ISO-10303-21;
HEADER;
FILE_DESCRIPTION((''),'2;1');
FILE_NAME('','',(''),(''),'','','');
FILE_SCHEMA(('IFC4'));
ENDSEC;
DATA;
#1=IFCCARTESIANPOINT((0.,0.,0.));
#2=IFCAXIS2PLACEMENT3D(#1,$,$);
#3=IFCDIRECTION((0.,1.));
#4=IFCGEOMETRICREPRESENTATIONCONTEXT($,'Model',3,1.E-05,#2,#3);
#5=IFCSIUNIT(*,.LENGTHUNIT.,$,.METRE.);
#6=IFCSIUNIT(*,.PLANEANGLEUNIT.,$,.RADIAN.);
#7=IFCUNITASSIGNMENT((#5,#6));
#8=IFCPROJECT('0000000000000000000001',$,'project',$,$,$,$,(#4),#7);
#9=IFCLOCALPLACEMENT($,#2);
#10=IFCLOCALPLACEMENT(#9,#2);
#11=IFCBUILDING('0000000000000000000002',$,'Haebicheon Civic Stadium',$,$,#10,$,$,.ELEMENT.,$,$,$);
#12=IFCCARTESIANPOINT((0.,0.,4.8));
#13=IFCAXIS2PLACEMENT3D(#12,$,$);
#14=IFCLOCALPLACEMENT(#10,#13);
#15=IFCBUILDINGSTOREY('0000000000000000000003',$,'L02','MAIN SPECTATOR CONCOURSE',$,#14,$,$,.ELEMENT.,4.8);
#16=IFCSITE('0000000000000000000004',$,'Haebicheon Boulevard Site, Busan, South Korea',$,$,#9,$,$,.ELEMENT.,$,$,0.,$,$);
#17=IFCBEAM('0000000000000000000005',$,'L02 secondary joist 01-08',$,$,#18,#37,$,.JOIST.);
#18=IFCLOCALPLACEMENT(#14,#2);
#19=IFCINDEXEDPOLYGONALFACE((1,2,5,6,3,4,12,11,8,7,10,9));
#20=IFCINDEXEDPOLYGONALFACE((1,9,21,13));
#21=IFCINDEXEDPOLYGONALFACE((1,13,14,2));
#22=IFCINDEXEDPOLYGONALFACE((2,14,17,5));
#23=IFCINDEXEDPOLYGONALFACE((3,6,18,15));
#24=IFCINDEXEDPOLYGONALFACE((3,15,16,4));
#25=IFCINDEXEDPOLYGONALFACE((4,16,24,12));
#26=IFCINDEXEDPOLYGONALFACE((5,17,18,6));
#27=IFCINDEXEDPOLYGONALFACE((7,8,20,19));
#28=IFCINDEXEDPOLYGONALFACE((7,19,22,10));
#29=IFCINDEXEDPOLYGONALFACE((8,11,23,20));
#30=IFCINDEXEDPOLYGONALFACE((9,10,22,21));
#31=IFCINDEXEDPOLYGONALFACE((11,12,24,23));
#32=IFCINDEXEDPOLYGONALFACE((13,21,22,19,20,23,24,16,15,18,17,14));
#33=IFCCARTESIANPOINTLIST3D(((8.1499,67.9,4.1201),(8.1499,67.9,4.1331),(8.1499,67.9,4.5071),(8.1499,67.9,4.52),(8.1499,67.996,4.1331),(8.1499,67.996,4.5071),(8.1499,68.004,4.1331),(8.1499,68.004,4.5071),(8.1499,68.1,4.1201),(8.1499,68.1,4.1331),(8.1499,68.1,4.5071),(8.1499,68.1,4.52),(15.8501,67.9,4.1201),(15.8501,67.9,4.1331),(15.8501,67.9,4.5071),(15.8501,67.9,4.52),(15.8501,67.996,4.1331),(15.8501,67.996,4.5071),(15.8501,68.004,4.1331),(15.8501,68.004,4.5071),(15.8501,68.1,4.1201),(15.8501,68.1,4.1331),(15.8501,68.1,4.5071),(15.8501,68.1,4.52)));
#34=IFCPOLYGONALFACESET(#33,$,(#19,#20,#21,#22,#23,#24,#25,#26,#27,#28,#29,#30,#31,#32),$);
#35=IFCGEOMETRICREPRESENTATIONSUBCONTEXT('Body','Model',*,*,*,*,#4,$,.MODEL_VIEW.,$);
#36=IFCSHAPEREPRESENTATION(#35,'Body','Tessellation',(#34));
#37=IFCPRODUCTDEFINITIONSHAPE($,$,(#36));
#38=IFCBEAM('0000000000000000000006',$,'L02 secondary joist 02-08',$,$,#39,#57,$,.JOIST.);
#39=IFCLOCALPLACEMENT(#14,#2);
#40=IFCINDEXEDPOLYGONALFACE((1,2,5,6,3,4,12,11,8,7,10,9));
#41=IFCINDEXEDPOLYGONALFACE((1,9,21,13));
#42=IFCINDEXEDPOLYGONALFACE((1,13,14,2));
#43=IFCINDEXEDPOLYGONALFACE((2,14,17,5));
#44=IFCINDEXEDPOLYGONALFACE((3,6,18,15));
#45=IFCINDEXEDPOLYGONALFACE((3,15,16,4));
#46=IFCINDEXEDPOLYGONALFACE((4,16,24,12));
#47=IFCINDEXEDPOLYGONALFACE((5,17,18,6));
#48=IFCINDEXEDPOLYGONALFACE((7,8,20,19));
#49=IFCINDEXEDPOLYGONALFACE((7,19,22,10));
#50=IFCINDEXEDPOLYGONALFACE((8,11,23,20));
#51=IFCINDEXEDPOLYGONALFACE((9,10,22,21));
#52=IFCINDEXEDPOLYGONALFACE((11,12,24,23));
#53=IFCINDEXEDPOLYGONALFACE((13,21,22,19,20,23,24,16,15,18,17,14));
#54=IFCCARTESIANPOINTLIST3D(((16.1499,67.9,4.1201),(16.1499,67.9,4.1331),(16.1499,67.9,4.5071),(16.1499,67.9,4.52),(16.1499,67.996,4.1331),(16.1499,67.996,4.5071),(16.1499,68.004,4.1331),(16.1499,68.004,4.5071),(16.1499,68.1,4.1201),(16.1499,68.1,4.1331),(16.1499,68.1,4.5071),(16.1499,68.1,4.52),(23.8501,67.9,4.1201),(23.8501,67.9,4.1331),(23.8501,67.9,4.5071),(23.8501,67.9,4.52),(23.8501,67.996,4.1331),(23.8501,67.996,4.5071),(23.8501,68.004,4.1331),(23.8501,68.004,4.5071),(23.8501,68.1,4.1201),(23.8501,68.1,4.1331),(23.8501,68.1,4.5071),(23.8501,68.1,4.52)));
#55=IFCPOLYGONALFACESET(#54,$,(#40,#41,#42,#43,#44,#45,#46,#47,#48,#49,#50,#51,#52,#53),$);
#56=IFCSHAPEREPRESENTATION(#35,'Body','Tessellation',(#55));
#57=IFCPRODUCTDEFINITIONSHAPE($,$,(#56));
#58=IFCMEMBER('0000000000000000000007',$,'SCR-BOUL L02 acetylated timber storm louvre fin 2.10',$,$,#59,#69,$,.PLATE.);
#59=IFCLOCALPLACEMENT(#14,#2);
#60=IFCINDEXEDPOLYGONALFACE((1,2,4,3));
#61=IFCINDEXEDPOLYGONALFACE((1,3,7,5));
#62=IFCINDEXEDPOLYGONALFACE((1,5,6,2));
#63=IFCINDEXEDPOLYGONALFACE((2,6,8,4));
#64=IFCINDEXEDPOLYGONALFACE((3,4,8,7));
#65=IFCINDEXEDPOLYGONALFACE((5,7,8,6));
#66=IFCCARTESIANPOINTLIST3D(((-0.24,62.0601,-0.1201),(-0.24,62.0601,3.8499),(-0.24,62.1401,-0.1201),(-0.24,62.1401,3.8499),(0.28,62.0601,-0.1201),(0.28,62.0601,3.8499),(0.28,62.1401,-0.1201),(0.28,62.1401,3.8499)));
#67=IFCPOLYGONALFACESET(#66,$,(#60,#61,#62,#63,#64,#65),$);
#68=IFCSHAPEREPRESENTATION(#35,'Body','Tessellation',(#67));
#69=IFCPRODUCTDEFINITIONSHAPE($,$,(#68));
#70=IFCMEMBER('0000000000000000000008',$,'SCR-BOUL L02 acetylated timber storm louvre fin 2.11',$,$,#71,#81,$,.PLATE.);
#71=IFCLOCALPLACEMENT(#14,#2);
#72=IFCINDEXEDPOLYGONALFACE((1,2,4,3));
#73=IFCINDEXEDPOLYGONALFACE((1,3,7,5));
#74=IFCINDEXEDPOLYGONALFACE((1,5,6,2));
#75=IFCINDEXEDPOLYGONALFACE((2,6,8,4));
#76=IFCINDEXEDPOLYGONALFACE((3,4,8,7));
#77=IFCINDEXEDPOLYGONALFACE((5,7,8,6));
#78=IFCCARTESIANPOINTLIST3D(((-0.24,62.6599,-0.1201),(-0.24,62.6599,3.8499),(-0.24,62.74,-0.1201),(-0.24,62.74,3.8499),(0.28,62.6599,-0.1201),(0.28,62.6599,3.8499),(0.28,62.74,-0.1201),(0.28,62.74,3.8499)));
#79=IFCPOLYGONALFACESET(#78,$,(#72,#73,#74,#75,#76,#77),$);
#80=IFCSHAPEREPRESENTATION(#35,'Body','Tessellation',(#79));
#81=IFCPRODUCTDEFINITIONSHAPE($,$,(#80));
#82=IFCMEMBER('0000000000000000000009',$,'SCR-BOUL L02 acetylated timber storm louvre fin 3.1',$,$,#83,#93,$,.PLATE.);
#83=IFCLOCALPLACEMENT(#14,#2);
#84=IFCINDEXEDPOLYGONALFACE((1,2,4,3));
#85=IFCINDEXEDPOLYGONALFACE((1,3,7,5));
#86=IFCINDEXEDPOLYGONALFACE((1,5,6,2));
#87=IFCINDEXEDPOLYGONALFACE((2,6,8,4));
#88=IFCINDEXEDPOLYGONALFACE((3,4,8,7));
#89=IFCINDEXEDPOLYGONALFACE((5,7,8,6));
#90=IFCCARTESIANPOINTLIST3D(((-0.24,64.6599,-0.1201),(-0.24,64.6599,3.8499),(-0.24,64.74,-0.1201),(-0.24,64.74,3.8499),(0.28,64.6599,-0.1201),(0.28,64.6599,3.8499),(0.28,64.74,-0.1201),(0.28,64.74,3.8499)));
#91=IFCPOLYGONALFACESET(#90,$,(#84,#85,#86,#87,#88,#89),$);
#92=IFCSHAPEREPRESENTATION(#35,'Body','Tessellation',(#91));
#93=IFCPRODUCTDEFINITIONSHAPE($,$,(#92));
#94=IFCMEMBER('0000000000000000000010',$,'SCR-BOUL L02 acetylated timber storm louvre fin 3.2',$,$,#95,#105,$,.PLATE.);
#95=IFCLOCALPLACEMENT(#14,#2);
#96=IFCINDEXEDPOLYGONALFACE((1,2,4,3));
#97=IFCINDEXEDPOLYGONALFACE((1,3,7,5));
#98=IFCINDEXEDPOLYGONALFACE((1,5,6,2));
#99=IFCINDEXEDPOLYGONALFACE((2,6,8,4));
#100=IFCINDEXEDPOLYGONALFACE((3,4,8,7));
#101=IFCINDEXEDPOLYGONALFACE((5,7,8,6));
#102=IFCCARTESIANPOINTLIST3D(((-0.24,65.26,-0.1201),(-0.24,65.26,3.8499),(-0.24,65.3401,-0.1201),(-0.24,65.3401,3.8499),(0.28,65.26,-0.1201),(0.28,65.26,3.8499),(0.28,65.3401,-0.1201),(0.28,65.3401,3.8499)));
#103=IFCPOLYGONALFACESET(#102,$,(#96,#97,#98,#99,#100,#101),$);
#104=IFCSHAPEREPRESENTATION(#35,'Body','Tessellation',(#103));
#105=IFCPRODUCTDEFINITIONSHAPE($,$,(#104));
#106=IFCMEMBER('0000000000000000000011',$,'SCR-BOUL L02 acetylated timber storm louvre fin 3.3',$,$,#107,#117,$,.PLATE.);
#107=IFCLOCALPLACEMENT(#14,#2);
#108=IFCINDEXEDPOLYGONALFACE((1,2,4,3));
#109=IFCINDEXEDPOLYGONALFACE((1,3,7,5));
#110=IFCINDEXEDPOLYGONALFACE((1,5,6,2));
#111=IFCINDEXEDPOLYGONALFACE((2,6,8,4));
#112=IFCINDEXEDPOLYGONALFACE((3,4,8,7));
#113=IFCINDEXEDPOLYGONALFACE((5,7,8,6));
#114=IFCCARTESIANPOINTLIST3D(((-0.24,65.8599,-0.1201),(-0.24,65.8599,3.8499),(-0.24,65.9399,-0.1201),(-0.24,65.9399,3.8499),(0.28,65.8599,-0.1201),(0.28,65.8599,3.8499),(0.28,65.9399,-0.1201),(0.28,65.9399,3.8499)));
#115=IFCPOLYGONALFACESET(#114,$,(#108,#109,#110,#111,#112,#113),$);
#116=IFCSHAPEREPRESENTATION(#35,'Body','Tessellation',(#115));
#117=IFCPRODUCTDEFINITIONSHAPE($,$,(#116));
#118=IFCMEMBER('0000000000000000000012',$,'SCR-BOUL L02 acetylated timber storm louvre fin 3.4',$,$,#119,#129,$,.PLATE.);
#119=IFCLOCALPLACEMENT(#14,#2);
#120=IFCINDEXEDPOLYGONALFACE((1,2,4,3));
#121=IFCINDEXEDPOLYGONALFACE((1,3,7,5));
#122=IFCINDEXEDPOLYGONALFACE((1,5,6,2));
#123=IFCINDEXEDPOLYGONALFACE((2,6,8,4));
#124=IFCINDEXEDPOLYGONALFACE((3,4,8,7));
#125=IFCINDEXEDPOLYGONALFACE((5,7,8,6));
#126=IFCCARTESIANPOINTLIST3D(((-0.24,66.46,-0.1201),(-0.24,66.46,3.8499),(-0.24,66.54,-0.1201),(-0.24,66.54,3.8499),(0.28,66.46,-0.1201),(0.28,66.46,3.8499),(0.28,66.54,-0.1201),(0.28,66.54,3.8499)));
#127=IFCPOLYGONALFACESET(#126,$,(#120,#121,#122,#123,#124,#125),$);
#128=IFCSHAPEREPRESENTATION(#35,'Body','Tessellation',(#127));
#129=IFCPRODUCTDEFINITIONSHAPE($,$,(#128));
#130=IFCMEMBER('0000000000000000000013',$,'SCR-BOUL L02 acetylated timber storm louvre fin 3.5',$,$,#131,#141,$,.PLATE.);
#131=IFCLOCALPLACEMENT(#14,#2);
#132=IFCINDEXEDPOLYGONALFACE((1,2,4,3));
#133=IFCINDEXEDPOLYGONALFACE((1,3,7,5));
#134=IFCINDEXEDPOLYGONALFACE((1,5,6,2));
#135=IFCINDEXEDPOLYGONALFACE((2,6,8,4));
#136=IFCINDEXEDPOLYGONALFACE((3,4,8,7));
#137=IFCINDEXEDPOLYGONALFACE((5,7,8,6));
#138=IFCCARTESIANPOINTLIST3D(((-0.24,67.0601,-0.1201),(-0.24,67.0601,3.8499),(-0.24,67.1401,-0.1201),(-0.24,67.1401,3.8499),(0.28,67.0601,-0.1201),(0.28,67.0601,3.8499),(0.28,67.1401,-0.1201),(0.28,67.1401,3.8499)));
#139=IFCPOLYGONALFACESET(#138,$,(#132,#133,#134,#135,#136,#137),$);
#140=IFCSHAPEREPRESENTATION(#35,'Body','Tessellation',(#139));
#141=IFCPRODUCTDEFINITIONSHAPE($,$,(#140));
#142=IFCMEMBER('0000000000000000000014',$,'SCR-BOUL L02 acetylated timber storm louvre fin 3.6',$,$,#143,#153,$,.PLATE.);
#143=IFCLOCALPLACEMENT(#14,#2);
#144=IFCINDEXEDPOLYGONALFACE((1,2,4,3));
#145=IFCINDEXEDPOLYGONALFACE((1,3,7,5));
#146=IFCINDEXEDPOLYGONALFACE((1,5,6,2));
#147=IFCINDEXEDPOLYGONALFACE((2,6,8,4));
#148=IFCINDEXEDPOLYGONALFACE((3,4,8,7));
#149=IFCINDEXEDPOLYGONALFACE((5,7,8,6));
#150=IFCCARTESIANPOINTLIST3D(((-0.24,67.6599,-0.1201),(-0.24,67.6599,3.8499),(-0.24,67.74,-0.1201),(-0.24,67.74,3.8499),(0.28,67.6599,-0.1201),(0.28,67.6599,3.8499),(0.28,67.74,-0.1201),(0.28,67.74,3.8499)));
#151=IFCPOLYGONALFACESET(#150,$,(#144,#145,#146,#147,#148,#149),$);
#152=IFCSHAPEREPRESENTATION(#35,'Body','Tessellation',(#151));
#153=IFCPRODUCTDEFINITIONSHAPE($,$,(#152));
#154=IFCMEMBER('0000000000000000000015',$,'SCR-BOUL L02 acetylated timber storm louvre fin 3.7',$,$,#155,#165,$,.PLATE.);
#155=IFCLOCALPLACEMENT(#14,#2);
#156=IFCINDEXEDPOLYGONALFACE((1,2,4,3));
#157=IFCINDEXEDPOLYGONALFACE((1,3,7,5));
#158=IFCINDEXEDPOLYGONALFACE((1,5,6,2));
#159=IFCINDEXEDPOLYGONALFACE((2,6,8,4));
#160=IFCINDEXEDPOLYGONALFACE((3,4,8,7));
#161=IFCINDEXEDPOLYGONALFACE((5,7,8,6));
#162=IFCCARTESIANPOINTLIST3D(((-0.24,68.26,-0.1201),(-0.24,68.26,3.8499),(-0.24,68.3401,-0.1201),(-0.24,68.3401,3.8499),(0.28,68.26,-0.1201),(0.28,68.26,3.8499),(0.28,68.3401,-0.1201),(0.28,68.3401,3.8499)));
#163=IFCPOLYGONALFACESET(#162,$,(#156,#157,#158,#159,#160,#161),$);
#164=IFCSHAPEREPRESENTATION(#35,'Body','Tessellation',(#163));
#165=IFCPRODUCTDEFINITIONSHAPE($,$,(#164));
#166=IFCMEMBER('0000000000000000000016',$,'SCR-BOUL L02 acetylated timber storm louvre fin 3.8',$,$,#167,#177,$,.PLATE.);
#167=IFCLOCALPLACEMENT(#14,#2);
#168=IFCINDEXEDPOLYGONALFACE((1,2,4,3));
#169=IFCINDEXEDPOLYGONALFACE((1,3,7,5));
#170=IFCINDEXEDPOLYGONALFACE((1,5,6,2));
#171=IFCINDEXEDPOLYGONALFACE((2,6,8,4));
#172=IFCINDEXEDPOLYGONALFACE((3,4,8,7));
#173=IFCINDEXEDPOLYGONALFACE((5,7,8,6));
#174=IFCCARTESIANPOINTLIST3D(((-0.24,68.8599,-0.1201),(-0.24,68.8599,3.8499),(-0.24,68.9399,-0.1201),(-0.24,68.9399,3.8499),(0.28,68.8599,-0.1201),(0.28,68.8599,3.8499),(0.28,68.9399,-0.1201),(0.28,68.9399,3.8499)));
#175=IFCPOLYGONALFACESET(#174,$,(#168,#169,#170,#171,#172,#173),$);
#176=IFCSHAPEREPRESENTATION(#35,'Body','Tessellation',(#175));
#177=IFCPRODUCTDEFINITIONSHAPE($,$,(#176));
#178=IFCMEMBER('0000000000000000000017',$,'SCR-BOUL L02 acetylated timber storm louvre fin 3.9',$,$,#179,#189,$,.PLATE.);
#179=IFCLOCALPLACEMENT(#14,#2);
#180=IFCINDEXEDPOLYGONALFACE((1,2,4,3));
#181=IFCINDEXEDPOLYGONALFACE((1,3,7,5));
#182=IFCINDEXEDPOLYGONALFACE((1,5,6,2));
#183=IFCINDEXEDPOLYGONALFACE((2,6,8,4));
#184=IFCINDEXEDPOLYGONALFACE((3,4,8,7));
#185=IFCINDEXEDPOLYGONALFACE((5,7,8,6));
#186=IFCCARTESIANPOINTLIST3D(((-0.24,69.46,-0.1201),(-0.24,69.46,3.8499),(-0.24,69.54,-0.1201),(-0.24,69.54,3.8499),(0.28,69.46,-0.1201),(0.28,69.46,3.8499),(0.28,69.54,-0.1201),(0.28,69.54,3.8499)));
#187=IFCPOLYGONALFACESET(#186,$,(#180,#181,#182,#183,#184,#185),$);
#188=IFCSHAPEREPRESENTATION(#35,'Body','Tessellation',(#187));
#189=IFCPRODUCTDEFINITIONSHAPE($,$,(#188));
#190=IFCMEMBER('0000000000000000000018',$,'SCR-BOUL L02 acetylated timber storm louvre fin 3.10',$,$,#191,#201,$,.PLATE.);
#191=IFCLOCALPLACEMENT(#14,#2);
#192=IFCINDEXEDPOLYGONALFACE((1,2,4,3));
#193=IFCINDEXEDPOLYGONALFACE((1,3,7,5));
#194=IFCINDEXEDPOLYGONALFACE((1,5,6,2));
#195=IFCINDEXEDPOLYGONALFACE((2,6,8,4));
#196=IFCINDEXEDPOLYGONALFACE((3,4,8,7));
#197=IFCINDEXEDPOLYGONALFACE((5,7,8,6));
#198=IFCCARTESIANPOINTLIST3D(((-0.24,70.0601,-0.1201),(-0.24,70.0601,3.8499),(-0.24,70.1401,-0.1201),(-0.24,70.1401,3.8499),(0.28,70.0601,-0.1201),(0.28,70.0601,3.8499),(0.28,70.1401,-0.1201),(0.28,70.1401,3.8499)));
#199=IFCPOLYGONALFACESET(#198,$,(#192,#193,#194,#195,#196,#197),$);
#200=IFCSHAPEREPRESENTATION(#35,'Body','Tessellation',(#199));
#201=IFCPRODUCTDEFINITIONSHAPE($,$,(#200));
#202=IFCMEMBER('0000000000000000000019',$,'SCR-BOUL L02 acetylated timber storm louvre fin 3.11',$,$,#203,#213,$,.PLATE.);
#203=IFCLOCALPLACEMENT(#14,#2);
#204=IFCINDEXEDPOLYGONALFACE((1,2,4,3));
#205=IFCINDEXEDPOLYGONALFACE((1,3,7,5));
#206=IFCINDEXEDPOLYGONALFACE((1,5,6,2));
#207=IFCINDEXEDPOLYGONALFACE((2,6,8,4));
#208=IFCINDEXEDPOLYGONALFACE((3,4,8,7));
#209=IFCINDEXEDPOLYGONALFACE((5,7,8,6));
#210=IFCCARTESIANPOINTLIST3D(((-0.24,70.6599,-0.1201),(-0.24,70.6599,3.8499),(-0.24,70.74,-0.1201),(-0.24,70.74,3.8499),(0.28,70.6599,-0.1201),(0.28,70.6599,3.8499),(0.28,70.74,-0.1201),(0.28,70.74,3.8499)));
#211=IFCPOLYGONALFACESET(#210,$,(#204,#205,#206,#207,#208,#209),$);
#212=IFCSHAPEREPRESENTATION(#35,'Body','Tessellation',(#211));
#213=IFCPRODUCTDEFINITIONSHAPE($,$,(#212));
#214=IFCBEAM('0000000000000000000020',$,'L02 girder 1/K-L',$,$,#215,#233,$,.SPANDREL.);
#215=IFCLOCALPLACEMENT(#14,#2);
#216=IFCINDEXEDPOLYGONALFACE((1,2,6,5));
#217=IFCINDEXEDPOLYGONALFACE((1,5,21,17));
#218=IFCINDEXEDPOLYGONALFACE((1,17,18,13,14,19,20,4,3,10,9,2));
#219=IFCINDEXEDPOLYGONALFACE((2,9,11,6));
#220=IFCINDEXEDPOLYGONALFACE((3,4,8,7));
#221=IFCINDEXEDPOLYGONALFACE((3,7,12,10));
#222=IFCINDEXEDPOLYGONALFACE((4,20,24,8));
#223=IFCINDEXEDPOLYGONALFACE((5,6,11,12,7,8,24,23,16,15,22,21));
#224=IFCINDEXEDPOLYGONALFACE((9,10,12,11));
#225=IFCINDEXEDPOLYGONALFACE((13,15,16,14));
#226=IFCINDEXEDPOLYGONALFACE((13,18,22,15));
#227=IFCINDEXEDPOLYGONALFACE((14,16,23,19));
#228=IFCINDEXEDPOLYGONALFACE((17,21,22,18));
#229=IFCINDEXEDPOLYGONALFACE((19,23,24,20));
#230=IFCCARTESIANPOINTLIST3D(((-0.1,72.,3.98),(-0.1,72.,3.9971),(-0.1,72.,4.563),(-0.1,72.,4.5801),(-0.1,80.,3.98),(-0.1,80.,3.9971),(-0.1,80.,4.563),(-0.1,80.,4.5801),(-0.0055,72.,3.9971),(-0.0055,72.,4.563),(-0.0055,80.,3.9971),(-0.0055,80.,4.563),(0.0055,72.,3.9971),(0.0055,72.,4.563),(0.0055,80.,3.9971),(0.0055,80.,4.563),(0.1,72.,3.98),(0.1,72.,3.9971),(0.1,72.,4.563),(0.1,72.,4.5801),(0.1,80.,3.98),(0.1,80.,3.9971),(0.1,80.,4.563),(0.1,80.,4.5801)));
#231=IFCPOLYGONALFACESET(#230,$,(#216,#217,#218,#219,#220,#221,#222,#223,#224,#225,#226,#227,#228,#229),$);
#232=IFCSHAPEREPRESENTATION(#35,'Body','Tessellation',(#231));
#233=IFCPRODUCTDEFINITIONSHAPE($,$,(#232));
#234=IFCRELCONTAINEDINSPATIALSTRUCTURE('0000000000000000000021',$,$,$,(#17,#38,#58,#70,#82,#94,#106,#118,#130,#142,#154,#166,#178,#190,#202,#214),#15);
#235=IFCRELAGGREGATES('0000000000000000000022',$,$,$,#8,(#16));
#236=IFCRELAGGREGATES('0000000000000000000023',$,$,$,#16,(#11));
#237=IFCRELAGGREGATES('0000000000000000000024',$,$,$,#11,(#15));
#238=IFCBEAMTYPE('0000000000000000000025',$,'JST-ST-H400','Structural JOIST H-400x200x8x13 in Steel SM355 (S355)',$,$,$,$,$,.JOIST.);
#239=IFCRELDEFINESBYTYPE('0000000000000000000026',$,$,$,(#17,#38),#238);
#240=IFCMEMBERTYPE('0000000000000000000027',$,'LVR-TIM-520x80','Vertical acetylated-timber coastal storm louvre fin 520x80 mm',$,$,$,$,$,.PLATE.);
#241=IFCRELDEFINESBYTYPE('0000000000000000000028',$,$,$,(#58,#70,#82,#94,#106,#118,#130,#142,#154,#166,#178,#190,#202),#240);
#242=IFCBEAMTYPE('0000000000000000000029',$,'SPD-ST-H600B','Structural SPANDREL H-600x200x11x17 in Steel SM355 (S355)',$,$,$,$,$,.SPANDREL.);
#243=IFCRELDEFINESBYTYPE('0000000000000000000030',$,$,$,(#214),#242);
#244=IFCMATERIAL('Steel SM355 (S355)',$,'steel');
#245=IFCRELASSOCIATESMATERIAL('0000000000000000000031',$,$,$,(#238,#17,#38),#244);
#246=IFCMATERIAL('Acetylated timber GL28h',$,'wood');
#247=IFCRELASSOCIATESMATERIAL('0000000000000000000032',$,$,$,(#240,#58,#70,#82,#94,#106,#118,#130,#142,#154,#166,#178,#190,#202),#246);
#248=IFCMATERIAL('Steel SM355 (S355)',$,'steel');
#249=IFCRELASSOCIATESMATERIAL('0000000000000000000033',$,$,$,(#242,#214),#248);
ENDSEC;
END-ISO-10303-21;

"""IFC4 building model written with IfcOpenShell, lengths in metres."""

from ifc_helpers import new_model, si_unit, direction, frame, origin, origin_2d, place, context, subcontext, project, spatial, rectangle, i_section, extrude, material, material_profile, profile_set, type_object, element, save


model = new_model("IFC4")

# Units and contexts
model_context = context("Model", 3, precision=1e-05, world=origin(), true_north=direction((0.0, 1.0)))
body_context = subcontext(model_context, "Body", "Model", "MODEL_VIEW")
ifc_project = project(units=[si_unit("LENGTHUNIT", "METRE"), si_unit("PLANEANGLEUNIT", "RADIAN")], contexts=[model_context])

# Site, building, storey
site_placement = place(None, origin())
site = spatial("IfcSite", under=ifc_project, at=site_placement, Name="Haebicheon Boulevard Site, Busan, South Korea", CompositionType="ELEMENT", RefElevation=0.0)
building_placement = place(site_placement, origin())
building = spatial("IfcBuilding", under=site, at=building_placement, Name="Haebicheon Civic Stadium", CompositionType="ELEMENT")
storey_placement = place(building_placement, frame((0.0, 0.0, 4.8)))
storey = spatial("IfcBuildingStorey", under=building, at=storey_placement, Name="L02", Description="MAIN SPECTATOR CONCOURSE", CompositionType="ELEMENT", Elevation=4.8)

# Beams
ifc_material_1 = material(Name="Steel SM355 (S355)", Category="steel")
ifc_material_profile_1 = material_profile(ifc_material_1, i_section(OverallWidth=0.2, OverallDepth=0.3999, WebThickness=0.0081, FlangeThickness=0.0129, at=origin_2d()), Name="H-400x200x8x13")
ifc_profile_set_1 = profile_set([ifc_material_profile_1], Name="Steel SM355 (S355)")
beam_type_1 = type_object("IfcBeamType", Name="JST-ST-H400", Description="Structural JOIST H-400x200x8x13 in Steel SM355 (S355)", PredefinedType="JOIST", material=ifc_profile_set_1)
for number, where, z_axis, x_axis, name in (
    (1, (8.1499, 68.0, 4.3201), (1.0, 0.0, 0.0), (0.0, 1.0, 0.0), "L02 secondary joist 01-08"),
    (2, (16.1499, 68.0, 4.3201), (1.0, 0.0, 0.0), (0.0, 1.0, 0.0), "L02 secondary joist 02-08"),
):
    element("IfcBeam", number, at=place(storey_placement, frame(where, z_axis=z_axis, x_axis=x_axis)), inside=storey, type_object=beam_type_1, material=ifc_profile_set_1, Name=name, PredefinedType="JOIST", context=body_context, shape_type="SweptSolid", body=[
        extrude(i_section(OverallWidth=0.2, OverallDepth=0.3999, WebThickness=0.0081, FlangeThickness=0.0129, at=origin_2d()), origin(), (0.0, 0.0, 1.0), 7.7002),
    ])

# Members
ifc_material_2 = material(Name="Acetylated timber GL28h", Category="wood")
ifc_material_profile_2 = material_profile(ifc_material_2, rectangle(XDim=0.0801, YDim=0.52, at=origin_2d()), Name="TMB-LOUV-80x520")
ifc_profile_set_2 = profile_set([ifc_material_profile_2], Name="Acetylated timber GL28h")
member_type_1 = type_object("IfcMemberType", Name="LVR-TIM-520x80", Description="Vertical acetylated-timber coastal storm louvre fin 520x80 mm", PredefinedType="PLATE", material=ifc_profile_set_2)
for number, where, z_axis, x_axis, name in (
    (3, (0.02, 62.1001, -0.1201), (0.0, 0.0, 1.0), (0.0, 1.0, 0.0), "SCR-BOUL L02 acetylated timber storm louvre fin 2.10"),
    (4, (0.02, 62.7, -0.1201), (0.0, 0.0, 1.0), (0.0, 1.0, 0.0), "SCR-BOUL L02 acetylated timber storm louvre fin 2.11"),
    (5, (0.02, 64.7, -0.1201), (0.0, 0.0, 1.0), (0.0, 1.0, 0.0), "SCR-BOUL L02 acetylated timber storm louvre fin 3.1"),
    (6, (0.02, 65.3, -0.1201), (0.0, 0.0, 1.0), (0.0, 1.0, 0.0), "SCR-BOUL L02 acetylated timber storm louvre fin 3.2"),
    (7, (0.02, 65.8999, -0.1201), (0.0, 0.0, 1.0), (0.0, 1.0, 0.0), "SCR-BOUL L02 acetylated timber storm louvre fin 3.3"),
    (8, (0.02, 66.5, -0.1201), (0.0, 0.0, 1.0), (0.0, 1.0, 0.0), "SCR-BOUL L02 acetylated timber storm louvre fin 3.4"),
    (9, (0.02, 67.1001, -0.1201), (0.0, 0.0, 1.0), (0.0, 1.0, 0.0), "SCR-BOUL L02 acetylated timber storm louvre fin 3.5"),
    (10, (0.02, 67.7, -0.1201), (0.0, 0.0, 1.0), (0.0, 1.0, 0.0), "SCR-BOUL L02 acetylated timber storm louvre fin 3.6"),
    (11, (0.02, 68.3, -0.1201), (0.0, 0.0, 1.0), (0.0, 1.0, 0.0), "SCR-BOUL L02 acetylated timber storm louvre fin 3.7"),
    (12, (0.02, 68.8999, -0.1201), (0.0, 0.0, 1.0), (0.0, 1.0, 0.0), "SCR-BOUL L02 acetylated timber storm louvre fin 3.8"),
    (13, (0.02, 69.5, -0.1201), (0.0, 0.0, 1.0), (0.0, 1.0, 0.0), "SCR-BOUL L02 acetylated timber storm louvre fin 3.9"),
    (14, (0.02, 70.1001, -0.1201), (0.0, 0.0, 1.0), (0.0, 1.0, 0.0), "SCR-BOUL L02 acetylated timber storm louvre fin 3.10"),
    (15, (0.02, 70.7, -0.1201), (0.0, 0.0, 1.0), (0.0, 1.0, 0.0), "SCR-BOUL L02 acetylated timber storm louvre fin 3.11"),
):
    element("IfcMember", number, at=place(storey_placement, frame(where, z_axis=z_axis, x_axis=x_axis)), inside=storey, type_object=member_type_1, material=ifc_profile_set_2, Name=name, PredefinedType="PLATE", context=body_context, shape_type="SweptSolid", body=[
        extrude(rectangle(XDim=0.0801, YDim=0.52, at=origin_2d()), origin(), (0.0, 0.0, 1.0), 3.97),
    ])

# Beam
ifc_material_3 = material(Name="Steel SM355 (S355)", Category="steel")
ifc_material_profile_3 = material_profile(ifc_material_3, i_section(OverallWidth=0.2, OverallDepth=0.6001, WebThickness=0.011, FlangeThickness=0.0171, at=origin_2d()), Name="H-600x200x11x17")
ifc_profile_set_3 = profile_set([ifc_material_profile_3], Name="Steel SM355 (S355)")
beam_type_2 = type_object("IfcBeamType", Name="SPD-ST-H600B", Description="Structural SPANDREL H-600x200x11x17 in Steel SM355 (S355)", PredefinedType="SPANDREL", material=ifc_profile_set_3)
beam_1_placement = place(storey_placement, frame((0.0, 72.0, 4.28), z_axis=(0.0, 1.0, 0.0), x_axis=(-1.0, 0.0, 0.0)))
element("IfcBeam", 16, at=beam_1_placement, inside=storey, type_object=beam_type_2, material=ifc_profile_set_3, Name="L02 girder 1/K-L", PredefinedType="SPANDREL", context=body_context, shape_type="SweptSolid", body=[
    extrude(i_section(OverallWidth=0.2, OverallDepth=0.6001, WebThickness=0.011, FlangeThickness=0.0171, at=origin_2d()), origin(), (0.0, 0.0, 1.0), 8.0),
])

save(model, "model.ifc")
